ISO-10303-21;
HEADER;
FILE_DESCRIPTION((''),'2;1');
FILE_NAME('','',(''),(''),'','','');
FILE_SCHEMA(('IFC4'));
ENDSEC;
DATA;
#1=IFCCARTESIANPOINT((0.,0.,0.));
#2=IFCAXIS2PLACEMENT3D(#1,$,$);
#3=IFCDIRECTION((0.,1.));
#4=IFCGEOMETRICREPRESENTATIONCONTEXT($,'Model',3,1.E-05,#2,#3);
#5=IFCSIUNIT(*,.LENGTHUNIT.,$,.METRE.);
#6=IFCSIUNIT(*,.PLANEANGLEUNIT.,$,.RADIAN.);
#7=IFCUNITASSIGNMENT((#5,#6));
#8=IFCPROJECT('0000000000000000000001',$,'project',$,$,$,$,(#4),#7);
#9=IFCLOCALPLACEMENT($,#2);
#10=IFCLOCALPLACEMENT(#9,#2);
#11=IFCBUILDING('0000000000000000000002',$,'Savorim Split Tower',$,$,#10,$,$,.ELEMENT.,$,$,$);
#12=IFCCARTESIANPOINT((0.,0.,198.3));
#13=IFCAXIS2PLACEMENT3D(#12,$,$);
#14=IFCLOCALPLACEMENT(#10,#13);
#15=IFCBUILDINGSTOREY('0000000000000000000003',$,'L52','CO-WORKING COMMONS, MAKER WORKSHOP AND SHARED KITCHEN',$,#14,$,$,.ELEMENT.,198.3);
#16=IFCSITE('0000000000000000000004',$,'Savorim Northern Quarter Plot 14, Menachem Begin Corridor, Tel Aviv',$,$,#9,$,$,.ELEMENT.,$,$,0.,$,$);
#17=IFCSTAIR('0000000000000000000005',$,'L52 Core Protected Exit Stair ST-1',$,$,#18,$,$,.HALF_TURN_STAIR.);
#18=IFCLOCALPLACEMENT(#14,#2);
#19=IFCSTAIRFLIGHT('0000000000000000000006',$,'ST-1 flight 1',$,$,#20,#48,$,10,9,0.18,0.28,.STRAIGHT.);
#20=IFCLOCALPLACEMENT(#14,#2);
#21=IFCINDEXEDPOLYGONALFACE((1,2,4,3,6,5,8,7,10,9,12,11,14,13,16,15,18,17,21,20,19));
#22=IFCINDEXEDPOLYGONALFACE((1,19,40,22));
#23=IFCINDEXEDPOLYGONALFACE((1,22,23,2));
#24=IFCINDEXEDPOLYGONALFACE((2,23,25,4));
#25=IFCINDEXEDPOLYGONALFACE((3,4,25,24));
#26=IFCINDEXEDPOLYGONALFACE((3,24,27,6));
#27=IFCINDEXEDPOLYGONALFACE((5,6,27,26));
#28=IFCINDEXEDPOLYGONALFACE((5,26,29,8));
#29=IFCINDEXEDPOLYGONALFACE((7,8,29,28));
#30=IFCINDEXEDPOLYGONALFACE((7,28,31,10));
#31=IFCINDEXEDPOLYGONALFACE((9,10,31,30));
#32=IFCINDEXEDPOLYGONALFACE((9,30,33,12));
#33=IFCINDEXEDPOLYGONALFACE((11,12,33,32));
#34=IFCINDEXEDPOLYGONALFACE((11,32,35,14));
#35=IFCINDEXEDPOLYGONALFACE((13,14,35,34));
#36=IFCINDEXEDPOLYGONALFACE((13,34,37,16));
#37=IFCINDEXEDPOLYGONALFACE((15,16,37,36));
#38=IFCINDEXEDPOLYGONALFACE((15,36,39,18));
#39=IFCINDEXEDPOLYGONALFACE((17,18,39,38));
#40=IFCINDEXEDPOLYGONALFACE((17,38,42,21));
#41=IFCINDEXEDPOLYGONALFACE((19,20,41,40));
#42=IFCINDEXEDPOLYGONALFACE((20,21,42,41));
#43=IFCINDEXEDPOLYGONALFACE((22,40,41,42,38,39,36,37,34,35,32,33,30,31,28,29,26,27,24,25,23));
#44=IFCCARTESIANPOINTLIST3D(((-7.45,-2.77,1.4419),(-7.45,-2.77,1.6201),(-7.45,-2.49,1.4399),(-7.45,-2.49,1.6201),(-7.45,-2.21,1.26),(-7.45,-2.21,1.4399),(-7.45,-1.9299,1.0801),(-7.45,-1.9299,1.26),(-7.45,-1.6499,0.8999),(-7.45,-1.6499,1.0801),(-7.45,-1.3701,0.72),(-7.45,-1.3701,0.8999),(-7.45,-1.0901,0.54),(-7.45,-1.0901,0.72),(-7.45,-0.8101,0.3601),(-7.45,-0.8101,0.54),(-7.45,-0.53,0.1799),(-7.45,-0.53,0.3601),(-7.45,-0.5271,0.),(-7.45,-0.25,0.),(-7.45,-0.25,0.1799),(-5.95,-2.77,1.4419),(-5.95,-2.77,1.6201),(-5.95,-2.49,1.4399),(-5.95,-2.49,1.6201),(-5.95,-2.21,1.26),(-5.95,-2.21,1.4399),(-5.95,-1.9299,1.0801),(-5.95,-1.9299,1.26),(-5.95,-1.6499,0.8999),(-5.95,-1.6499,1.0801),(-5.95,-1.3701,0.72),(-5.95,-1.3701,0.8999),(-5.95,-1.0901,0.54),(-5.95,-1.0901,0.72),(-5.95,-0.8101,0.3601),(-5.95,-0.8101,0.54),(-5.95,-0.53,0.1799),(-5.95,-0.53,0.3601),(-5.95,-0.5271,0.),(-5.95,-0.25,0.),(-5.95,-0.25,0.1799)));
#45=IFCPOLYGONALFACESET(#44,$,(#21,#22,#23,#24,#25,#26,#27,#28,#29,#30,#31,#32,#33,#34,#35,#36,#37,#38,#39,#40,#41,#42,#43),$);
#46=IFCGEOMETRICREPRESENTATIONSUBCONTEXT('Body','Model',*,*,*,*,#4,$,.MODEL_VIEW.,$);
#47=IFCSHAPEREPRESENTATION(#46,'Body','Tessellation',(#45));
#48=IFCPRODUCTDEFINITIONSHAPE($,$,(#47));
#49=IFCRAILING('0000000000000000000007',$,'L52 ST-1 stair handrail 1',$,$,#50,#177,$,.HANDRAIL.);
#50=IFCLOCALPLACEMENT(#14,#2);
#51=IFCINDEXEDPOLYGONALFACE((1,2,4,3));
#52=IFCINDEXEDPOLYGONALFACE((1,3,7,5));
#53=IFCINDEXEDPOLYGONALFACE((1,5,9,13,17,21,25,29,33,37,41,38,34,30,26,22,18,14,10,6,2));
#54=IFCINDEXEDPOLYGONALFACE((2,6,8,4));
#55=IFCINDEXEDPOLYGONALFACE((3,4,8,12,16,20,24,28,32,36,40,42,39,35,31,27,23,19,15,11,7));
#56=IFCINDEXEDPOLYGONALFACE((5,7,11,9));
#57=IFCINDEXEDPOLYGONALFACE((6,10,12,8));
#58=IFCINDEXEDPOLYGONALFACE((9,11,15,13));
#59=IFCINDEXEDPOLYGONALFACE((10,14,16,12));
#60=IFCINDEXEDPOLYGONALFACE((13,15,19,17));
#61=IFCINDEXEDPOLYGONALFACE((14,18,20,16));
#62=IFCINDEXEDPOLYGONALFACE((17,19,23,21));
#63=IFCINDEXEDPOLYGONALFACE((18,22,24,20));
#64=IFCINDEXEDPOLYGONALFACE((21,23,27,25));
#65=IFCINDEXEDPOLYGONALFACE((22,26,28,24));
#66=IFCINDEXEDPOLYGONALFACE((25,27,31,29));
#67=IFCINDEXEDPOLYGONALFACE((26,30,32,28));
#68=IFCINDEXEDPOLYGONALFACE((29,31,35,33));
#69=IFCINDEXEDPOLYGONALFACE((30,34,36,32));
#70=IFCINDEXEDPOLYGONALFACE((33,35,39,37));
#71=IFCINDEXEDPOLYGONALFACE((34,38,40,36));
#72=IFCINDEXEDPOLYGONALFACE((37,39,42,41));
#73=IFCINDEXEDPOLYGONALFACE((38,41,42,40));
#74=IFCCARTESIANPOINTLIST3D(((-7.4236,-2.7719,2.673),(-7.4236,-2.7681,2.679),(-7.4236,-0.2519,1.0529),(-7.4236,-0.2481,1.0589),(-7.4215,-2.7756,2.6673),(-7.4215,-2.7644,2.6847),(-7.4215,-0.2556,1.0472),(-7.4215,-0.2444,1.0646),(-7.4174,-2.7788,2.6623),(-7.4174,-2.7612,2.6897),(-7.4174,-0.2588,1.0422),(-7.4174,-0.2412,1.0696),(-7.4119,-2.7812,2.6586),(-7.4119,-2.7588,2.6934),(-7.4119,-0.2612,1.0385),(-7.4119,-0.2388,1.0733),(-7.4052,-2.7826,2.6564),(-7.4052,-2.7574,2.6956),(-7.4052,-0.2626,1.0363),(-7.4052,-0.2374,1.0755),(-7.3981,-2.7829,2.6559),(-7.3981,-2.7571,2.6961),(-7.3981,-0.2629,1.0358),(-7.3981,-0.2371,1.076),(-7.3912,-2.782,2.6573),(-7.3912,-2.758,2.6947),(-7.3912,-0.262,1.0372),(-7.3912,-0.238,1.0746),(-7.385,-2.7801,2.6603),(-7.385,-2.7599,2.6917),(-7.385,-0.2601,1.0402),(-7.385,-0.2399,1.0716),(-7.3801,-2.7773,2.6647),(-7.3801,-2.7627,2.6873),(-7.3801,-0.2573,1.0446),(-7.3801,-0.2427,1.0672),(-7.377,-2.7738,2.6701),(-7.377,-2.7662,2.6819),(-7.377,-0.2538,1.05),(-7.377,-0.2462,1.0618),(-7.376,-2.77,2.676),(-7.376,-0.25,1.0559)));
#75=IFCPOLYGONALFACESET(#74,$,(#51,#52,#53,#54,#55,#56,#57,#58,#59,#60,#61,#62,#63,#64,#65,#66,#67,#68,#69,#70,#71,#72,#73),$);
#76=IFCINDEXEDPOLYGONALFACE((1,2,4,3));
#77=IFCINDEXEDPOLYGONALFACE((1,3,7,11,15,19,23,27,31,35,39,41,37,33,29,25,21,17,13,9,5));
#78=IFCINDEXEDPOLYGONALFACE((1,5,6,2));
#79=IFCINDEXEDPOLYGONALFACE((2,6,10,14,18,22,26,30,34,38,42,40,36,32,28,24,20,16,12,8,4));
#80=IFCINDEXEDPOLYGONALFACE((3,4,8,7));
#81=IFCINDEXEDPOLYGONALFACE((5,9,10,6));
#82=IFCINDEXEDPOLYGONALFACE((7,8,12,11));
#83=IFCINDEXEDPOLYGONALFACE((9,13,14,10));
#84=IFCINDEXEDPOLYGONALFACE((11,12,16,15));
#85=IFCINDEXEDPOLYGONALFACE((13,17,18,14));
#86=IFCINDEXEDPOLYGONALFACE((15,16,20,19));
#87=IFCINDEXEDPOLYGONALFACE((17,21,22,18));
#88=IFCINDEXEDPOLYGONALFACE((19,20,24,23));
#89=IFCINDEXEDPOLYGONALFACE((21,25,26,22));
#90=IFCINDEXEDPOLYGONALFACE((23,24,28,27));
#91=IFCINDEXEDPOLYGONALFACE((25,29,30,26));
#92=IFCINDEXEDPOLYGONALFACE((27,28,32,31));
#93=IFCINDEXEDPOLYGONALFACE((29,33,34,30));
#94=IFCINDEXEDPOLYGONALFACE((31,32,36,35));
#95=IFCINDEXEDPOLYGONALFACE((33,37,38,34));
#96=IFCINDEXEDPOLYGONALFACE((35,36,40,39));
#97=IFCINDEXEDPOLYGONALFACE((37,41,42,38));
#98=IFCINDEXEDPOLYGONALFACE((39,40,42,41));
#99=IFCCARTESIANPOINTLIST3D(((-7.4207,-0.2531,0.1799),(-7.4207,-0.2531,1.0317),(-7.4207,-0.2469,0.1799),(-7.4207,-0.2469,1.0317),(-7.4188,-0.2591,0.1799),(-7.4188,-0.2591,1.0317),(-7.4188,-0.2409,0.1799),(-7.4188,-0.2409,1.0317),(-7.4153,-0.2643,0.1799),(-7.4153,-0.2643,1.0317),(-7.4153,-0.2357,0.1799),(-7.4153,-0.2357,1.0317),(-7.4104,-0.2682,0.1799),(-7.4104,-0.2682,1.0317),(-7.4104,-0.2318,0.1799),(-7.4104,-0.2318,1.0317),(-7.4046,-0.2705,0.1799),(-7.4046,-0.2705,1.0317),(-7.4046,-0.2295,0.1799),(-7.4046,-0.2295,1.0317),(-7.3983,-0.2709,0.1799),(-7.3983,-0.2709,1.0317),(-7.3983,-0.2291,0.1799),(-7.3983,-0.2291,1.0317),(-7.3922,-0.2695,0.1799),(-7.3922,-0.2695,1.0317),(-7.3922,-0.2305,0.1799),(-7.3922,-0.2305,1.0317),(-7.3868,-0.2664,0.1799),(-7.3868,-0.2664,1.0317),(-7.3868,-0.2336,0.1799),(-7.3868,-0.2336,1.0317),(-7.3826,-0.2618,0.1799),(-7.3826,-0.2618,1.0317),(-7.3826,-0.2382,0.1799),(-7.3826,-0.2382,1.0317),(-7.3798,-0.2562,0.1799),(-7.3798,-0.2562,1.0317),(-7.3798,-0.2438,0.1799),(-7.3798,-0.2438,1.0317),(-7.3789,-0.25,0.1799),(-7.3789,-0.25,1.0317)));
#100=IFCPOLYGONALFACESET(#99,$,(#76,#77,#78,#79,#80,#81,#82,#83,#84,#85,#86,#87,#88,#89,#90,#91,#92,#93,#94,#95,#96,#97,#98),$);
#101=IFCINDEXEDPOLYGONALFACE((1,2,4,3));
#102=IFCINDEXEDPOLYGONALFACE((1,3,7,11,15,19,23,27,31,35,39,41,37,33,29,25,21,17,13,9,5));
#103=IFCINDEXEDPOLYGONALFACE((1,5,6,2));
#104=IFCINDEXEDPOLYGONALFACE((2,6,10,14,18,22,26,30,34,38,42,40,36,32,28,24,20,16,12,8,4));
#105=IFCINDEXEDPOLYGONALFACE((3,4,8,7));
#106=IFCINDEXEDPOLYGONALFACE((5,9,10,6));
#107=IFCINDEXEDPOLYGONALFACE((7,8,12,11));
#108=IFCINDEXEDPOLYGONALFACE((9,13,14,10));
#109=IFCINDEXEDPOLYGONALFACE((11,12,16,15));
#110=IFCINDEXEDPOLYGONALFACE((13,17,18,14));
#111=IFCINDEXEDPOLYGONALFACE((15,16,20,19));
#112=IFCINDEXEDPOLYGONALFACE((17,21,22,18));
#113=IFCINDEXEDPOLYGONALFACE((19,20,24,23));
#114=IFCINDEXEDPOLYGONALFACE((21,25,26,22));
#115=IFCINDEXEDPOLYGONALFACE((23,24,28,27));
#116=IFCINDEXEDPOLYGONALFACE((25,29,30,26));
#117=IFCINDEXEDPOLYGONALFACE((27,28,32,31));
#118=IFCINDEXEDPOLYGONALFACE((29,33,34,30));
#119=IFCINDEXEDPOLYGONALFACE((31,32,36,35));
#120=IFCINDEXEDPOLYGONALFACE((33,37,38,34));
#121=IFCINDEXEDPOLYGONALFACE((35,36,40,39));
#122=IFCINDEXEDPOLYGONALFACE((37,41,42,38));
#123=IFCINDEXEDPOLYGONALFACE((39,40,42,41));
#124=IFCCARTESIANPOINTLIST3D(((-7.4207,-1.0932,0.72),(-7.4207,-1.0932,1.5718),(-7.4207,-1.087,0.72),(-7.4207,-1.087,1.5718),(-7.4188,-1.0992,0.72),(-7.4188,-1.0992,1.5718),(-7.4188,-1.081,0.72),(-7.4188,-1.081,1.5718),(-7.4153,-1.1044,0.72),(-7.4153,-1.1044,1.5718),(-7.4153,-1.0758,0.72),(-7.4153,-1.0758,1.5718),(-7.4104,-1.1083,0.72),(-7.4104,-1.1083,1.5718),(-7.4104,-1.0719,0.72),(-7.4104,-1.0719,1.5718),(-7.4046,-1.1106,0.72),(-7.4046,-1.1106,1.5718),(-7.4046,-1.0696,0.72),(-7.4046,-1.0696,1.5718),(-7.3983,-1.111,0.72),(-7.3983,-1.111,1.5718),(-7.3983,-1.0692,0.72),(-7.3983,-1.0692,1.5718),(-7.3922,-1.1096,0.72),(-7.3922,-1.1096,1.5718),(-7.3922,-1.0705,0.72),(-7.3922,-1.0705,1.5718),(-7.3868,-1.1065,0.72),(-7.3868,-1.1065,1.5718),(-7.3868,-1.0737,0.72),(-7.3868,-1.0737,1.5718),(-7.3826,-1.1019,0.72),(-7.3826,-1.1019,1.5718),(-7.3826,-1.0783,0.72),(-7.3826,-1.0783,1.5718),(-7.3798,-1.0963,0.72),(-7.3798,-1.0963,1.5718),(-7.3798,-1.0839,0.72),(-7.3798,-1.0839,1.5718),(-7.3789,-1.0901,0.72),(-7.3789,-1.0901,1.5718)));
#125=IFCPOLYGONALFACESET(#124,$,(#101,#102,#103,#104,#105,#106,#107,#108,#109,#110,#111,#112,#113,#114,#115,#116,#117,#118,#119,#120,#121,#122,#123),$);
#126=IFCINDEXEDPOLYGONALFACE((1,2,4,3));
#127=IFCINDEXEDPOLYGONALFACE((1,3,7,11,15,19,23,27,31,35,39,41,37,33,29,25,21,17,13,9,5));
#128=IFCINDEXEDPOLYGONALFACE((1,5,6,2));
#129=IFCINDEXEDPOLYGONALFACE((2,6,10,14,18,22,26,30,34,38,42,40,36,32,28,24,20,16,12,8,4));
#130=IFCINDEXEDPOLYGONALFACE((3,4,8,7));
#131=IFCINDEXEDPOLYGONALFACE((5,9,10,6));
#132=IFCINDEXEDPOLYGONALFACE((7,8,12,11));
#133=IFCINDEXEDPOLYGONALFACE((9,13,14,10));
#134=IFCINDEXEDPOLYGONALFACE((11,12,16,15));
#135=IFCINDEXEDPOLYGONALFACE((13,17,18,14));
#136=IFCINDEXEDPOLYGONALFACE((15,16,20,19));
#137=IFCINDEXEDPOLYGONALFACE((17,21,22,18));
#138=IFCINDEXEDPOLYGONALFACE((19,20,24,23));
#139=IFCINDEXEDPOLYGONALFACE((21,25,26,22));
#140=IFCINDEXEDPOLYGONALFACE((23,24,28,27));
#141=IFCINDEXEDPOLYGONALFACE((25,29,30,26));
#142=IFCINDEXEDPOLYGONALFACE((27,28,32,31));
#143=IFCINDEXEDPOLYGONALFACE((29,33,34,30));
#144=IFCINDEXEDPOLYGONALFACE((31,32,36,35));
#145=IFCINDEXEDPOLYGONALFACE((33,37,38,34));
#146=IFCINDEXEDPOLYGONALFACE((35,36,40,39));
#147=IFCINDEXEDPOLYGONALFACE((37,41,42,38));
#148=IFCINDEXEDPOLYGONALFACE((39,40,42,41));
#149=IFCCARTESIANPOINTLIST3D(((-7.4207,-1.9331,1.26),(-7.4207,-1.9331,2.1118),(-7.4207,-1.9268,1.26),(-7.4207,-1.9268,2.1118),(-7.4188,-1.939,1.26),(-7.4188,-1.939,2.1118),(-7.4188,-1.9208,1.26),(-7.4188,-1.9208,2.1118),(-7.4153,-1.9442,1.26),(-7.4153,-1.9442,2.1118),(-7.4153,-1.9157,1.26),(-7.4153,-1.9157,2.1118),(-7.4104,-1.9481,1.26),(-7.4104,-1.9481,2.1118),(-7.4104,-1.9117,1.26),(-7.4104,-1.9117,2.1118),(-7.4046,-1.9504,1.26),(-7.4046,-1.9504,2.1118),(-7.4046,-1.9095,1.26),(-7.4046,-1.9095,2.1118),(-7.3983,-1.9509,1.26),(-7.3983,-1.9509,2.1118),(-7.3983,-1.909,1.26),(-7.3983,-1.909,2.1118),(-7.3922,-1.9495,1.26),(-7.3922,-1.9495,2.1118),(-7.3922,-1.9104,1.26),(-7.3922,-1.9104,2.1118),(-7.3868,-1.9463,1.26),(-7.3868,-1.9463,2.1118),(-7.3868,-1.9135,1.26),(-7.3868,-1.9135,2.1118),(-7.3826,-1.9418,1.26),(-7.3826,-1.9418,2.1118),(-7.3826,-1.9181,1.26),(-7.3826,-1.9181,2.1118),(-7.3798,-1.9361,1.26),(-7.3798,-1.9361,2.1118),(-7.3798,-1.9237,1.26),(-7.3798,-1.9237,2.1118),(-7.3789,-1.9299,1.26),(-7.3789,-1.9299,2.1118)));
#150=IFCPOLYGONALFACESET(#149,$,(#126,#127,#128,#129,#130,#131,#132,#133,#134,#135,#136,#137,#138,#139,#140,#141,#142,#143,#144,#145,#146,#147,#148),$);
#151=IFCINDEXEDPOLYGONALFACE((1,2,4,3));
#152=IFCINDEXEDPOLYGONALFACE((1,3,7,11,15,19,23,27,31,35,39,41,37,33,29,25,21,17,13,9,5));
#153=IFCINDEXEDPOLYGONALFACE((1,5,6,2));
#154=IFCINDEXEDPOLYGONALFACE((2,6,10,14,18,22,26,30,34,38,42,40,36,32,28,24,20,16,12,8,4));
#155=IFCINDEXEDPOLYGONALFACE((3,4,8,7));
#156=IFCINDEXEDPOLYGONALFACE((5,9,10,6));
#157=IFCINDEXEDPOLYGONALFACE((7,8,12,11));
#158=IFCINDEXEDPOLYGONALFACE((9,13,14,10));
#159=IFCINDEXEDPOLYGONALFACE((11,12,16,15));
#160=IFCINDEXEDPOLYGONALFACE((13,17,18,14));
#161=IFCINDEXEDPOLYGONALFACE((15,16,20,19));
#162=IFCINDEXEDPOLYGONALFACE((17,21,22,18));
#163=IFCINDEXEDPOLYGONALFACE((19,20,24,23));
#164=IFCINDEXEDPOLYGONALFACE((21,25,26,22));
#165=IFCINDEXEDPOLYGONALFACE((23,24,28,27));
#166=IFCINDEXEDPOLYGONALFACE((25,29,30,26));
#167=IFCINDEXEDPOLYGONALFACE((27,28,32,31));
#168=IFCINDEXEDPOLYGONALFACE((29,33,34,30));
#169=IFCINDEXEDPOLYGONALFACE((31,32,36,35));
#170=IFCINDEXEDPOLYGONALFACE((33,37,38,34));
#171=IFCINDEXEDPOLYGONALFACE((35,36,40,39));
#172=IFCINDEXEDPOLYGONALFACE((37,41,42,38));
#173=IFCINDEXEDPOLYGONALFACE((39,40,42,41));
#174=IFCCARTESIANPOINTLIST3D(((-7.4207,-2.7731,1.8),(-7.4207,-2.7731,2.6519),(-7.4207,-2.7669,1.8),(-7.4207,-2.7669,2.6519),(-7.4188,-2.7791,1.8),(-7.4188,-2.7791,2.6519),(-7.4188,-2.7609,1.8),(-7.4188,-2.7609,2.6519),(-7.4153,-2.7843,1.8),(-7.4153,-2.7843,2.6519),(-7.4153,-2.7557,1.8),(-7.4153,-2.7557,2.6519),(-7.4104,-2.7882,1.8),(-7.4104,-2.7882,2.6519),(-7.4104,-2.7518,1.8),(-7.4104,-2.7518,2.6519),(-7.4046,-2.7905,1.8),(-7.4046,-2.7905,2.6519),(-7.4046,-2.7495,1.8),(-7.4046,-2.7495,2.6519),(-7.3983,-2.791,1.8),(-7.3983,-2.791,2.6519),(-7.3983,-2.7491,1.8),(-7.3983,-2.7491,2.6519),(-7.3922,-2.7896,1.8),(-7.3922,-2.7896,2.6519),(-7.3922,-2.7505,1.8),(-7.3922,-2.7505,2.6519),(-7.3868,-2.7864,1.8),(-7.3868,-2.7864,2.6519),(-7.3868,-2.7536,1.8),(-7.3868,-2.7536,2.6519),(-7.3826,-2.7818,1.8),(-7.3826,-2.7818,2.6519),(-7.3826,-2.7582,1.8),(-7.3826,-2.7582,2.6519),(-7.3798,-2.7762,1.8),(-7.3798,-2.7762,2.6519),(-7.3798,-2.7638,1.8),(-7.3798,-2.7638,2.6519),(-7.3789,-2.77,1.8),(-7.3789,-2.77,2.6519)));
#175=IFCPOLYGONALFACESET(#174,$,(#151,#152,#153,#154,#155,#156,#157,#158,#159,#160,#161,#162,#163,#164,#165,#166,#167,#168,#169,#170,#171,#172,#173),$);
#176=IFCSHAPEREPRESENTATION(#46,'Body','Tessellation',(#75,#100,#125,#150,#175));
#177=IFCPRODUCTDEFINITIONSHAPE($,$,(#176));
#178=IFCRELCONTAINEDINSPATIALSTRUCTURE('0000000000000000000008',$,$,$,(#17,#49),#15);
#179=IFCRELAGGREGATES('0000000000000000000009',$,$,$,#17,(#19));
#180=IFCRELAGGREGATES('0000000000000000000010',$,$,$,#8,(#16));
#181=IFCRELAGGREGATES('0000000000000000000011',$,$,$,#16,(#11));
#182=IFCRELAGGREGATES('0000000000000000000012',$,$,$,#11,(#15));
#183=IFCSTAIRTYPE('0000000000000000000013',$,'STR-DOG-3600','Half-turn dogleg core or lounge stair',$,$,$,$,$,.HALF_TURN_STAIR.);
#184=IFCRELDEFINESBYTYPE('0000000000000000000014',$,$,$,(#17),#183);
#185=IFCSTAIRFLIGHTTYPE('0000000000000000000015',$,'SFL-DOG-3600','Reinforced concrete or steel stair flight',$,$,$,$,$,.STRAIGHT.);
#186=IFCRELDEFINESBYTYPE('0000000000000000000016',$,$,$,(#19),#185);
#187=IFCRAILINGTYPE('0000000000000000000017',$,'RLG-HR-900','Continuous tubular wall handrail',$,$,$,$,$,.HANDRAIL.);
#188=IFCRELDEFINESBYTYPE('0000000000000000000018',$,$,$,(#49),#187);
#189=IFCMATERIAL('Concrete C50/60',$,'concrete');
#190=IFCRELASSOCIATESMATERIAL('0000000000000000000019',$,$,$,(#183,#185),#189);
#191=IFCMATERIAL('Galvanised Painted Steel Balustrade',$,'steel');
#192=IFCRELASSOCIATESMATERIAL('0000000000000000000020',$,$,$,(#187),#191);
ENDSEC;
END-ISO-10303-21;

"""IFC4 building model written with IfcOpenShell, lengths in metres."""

from ifc_helpers import new_model, si_unit, direction, frame, origin, origin_2d, place, context, subcontext, project, spatial, polyline, circle, outline, extrude, material, type_object, element, aggregate, save


model = new_model("IFC4")

# Units and contexts
model_context = context("Model", 3, precision=1e-05, world=origin(), true_north=direction((0.0, 1.0)))
body_context = subcontext(model_context, "Body", "Model", "MODEL_VIEW")
ifc_project = project(units=[si_unit("LENGTHUNIT", "METRE"), si_unit("PLANEANGLEUNIT", "RADIAN")], contexts=[model_context])

# Site, building, storey
site_placement = place(None, origin())
site = spatial("IfcSite", under=ifc_project, at=site_placement, Name="Savorim Northern Quarter Plot 14, Menachem Begin Corridor, Tel Aviv", CompositionType="ELEMENT", RefElevation=0.0)
building_placement = place(site_placement, origin())
building = spatial("IfcBuilding", under=site, at=building_placement, Name="Savorim Split Tower", CompositionType="ELEMENT")
storey_placement = place(building_placement, frame((0.0, 0.0, 198.3)))
storey = spatial("IfcBuildingStorey", under=building, at=storey_placement, Name="L52", Description="CO-WORKING COMMONS, MAKER WORKSHOP AND SHARED KITCHEN", CompositionType="ELEMENT", Elevation=198.3)

# Shared definitions
ifc_material_1 = material(Name="Concrete C50/60", Category="concrete")

# Stair, stair flight
stair_type = type_object("IfcStairType", Name="STR-DOG-3600", Description="Half-turn dogleg core or lounge stair", PredefinedType="HALF_TURN_STAIR", material=ifc_material_1)
stair_placement = place(storey_placement, origin())
stair = element("IfcStair", 1, at=stair_placement, inside=storey, type_object=stair_type, Name="L52 Core Protected Exit Stair ST-1", PredefinedType="HALF_TURN_STAIR")
stair_flight_type = type_object("IfcStairFlightType", Name="SFL-DOG-3600", Description="Reinforced concrete or steel stair flight", PredefinedType="STRAIGHT", material=ifc_material_1)
stair_flight_placement = place(storey_placement, frame((-6.7, -0.25, 0.0), z_axis=(0.0, 0.0, 1.0), x_axis=(0.0, -1.0, 0.0)))
stair_flight = element("IfcStairFlight", 2, at=stair_flight_placement, type_object=stair_flight_type, Name="ST-1 flight 1", NumberOfRisers=10, NumberOfTreads=9, PredefinedType="STRAIGHT", RiserHeight=0.18, TreadLength=0.28, context=body_context, shape_type="SweptSolid", body=[
    extrude(outline(polyline([(0.0, 0.0), (0.0, 0.1799), (0.28, 0.1799), (0.28, 0.3601), (0.5601, 0.3601), (0.5601, 0.54), (0.8401, 0.54), (0.8401, 0.72), (1.1201, 0.72), (1.1201, 0.8999), (1.3999, 0.8999), (1.3999, 1.0801), (1.6799, 1.0801), (1.6799, 1.26), (1.96, 1.26), (1.96, 1.4399), (2.24, 1.4399), (2.24, 1.6201), (2.52, 1.6201), (2.52, 1.8), (2.52, 1.4419), (0.2771, 0.0), (0.0, 0.0)])), frame((0.0, 0.75, 0.0), z_axis=(0.0, -1.0, 0.0), x_axis=(1.0, 0.0, 0.0)), (0.0, 0.0, 1.0), 1.5),
])
aggregate(stair, [stair_flight])

# Railing
ifc_material_2 = material(Name="Galvanised Painted Steel Balustrade", Category="steel")
railing_type_1 = type_object("IfcRailingType", Name="RLG-HR-900", Description="Continuous tubular wall handrail", PredefinedType="HANDRAIL", material=ifc_material_2)
railing_1_placement = place(storey_placement, frame((-7.3999, -0.25, 0.1799)))
element("IfcRailing", 3, at=railing_1_placement, inside=storey, type_object=railing_type_1, Name="L52 ST-1 stair handrail 1", PredefinedType="HANDRAIL", context=body_context, shape_type="SweptSolid", body=[
    extrude(circle(Radius=0.0239, at=origin_2d()), frame((0.0, 0.0, 0.876), z_axis=(0.0, -0.841163, 0.540782), x_axis=(1.0, 0.0, 0.0)), (0.0, 0.0, 1.0), 2.9958),
    extrude(circle(Radius=0.021, at=origin_2d()), origin(), (0.0, 0.0, 1.0), 0.8518),
    extrude(circle(Radius=0.021, at=origin_2d()), frame((0.0, -0.8401, 0.54)), (0.0, 0.0, 1.0), 0.8518),
    extrude(circle(Radius=0.021, at=origin_2d()), frame((0.0, -1.6799, 1.0801)), (0.0, 0.0, 1.0), 0.8518),
    extrude(circle(Radius=0.021, at=origin_2d()), frame((0.0, -2.52, 1.6201)), (0.0, 0.0, 1.0), 0.8518),
])

save(model, "model.ifc")
